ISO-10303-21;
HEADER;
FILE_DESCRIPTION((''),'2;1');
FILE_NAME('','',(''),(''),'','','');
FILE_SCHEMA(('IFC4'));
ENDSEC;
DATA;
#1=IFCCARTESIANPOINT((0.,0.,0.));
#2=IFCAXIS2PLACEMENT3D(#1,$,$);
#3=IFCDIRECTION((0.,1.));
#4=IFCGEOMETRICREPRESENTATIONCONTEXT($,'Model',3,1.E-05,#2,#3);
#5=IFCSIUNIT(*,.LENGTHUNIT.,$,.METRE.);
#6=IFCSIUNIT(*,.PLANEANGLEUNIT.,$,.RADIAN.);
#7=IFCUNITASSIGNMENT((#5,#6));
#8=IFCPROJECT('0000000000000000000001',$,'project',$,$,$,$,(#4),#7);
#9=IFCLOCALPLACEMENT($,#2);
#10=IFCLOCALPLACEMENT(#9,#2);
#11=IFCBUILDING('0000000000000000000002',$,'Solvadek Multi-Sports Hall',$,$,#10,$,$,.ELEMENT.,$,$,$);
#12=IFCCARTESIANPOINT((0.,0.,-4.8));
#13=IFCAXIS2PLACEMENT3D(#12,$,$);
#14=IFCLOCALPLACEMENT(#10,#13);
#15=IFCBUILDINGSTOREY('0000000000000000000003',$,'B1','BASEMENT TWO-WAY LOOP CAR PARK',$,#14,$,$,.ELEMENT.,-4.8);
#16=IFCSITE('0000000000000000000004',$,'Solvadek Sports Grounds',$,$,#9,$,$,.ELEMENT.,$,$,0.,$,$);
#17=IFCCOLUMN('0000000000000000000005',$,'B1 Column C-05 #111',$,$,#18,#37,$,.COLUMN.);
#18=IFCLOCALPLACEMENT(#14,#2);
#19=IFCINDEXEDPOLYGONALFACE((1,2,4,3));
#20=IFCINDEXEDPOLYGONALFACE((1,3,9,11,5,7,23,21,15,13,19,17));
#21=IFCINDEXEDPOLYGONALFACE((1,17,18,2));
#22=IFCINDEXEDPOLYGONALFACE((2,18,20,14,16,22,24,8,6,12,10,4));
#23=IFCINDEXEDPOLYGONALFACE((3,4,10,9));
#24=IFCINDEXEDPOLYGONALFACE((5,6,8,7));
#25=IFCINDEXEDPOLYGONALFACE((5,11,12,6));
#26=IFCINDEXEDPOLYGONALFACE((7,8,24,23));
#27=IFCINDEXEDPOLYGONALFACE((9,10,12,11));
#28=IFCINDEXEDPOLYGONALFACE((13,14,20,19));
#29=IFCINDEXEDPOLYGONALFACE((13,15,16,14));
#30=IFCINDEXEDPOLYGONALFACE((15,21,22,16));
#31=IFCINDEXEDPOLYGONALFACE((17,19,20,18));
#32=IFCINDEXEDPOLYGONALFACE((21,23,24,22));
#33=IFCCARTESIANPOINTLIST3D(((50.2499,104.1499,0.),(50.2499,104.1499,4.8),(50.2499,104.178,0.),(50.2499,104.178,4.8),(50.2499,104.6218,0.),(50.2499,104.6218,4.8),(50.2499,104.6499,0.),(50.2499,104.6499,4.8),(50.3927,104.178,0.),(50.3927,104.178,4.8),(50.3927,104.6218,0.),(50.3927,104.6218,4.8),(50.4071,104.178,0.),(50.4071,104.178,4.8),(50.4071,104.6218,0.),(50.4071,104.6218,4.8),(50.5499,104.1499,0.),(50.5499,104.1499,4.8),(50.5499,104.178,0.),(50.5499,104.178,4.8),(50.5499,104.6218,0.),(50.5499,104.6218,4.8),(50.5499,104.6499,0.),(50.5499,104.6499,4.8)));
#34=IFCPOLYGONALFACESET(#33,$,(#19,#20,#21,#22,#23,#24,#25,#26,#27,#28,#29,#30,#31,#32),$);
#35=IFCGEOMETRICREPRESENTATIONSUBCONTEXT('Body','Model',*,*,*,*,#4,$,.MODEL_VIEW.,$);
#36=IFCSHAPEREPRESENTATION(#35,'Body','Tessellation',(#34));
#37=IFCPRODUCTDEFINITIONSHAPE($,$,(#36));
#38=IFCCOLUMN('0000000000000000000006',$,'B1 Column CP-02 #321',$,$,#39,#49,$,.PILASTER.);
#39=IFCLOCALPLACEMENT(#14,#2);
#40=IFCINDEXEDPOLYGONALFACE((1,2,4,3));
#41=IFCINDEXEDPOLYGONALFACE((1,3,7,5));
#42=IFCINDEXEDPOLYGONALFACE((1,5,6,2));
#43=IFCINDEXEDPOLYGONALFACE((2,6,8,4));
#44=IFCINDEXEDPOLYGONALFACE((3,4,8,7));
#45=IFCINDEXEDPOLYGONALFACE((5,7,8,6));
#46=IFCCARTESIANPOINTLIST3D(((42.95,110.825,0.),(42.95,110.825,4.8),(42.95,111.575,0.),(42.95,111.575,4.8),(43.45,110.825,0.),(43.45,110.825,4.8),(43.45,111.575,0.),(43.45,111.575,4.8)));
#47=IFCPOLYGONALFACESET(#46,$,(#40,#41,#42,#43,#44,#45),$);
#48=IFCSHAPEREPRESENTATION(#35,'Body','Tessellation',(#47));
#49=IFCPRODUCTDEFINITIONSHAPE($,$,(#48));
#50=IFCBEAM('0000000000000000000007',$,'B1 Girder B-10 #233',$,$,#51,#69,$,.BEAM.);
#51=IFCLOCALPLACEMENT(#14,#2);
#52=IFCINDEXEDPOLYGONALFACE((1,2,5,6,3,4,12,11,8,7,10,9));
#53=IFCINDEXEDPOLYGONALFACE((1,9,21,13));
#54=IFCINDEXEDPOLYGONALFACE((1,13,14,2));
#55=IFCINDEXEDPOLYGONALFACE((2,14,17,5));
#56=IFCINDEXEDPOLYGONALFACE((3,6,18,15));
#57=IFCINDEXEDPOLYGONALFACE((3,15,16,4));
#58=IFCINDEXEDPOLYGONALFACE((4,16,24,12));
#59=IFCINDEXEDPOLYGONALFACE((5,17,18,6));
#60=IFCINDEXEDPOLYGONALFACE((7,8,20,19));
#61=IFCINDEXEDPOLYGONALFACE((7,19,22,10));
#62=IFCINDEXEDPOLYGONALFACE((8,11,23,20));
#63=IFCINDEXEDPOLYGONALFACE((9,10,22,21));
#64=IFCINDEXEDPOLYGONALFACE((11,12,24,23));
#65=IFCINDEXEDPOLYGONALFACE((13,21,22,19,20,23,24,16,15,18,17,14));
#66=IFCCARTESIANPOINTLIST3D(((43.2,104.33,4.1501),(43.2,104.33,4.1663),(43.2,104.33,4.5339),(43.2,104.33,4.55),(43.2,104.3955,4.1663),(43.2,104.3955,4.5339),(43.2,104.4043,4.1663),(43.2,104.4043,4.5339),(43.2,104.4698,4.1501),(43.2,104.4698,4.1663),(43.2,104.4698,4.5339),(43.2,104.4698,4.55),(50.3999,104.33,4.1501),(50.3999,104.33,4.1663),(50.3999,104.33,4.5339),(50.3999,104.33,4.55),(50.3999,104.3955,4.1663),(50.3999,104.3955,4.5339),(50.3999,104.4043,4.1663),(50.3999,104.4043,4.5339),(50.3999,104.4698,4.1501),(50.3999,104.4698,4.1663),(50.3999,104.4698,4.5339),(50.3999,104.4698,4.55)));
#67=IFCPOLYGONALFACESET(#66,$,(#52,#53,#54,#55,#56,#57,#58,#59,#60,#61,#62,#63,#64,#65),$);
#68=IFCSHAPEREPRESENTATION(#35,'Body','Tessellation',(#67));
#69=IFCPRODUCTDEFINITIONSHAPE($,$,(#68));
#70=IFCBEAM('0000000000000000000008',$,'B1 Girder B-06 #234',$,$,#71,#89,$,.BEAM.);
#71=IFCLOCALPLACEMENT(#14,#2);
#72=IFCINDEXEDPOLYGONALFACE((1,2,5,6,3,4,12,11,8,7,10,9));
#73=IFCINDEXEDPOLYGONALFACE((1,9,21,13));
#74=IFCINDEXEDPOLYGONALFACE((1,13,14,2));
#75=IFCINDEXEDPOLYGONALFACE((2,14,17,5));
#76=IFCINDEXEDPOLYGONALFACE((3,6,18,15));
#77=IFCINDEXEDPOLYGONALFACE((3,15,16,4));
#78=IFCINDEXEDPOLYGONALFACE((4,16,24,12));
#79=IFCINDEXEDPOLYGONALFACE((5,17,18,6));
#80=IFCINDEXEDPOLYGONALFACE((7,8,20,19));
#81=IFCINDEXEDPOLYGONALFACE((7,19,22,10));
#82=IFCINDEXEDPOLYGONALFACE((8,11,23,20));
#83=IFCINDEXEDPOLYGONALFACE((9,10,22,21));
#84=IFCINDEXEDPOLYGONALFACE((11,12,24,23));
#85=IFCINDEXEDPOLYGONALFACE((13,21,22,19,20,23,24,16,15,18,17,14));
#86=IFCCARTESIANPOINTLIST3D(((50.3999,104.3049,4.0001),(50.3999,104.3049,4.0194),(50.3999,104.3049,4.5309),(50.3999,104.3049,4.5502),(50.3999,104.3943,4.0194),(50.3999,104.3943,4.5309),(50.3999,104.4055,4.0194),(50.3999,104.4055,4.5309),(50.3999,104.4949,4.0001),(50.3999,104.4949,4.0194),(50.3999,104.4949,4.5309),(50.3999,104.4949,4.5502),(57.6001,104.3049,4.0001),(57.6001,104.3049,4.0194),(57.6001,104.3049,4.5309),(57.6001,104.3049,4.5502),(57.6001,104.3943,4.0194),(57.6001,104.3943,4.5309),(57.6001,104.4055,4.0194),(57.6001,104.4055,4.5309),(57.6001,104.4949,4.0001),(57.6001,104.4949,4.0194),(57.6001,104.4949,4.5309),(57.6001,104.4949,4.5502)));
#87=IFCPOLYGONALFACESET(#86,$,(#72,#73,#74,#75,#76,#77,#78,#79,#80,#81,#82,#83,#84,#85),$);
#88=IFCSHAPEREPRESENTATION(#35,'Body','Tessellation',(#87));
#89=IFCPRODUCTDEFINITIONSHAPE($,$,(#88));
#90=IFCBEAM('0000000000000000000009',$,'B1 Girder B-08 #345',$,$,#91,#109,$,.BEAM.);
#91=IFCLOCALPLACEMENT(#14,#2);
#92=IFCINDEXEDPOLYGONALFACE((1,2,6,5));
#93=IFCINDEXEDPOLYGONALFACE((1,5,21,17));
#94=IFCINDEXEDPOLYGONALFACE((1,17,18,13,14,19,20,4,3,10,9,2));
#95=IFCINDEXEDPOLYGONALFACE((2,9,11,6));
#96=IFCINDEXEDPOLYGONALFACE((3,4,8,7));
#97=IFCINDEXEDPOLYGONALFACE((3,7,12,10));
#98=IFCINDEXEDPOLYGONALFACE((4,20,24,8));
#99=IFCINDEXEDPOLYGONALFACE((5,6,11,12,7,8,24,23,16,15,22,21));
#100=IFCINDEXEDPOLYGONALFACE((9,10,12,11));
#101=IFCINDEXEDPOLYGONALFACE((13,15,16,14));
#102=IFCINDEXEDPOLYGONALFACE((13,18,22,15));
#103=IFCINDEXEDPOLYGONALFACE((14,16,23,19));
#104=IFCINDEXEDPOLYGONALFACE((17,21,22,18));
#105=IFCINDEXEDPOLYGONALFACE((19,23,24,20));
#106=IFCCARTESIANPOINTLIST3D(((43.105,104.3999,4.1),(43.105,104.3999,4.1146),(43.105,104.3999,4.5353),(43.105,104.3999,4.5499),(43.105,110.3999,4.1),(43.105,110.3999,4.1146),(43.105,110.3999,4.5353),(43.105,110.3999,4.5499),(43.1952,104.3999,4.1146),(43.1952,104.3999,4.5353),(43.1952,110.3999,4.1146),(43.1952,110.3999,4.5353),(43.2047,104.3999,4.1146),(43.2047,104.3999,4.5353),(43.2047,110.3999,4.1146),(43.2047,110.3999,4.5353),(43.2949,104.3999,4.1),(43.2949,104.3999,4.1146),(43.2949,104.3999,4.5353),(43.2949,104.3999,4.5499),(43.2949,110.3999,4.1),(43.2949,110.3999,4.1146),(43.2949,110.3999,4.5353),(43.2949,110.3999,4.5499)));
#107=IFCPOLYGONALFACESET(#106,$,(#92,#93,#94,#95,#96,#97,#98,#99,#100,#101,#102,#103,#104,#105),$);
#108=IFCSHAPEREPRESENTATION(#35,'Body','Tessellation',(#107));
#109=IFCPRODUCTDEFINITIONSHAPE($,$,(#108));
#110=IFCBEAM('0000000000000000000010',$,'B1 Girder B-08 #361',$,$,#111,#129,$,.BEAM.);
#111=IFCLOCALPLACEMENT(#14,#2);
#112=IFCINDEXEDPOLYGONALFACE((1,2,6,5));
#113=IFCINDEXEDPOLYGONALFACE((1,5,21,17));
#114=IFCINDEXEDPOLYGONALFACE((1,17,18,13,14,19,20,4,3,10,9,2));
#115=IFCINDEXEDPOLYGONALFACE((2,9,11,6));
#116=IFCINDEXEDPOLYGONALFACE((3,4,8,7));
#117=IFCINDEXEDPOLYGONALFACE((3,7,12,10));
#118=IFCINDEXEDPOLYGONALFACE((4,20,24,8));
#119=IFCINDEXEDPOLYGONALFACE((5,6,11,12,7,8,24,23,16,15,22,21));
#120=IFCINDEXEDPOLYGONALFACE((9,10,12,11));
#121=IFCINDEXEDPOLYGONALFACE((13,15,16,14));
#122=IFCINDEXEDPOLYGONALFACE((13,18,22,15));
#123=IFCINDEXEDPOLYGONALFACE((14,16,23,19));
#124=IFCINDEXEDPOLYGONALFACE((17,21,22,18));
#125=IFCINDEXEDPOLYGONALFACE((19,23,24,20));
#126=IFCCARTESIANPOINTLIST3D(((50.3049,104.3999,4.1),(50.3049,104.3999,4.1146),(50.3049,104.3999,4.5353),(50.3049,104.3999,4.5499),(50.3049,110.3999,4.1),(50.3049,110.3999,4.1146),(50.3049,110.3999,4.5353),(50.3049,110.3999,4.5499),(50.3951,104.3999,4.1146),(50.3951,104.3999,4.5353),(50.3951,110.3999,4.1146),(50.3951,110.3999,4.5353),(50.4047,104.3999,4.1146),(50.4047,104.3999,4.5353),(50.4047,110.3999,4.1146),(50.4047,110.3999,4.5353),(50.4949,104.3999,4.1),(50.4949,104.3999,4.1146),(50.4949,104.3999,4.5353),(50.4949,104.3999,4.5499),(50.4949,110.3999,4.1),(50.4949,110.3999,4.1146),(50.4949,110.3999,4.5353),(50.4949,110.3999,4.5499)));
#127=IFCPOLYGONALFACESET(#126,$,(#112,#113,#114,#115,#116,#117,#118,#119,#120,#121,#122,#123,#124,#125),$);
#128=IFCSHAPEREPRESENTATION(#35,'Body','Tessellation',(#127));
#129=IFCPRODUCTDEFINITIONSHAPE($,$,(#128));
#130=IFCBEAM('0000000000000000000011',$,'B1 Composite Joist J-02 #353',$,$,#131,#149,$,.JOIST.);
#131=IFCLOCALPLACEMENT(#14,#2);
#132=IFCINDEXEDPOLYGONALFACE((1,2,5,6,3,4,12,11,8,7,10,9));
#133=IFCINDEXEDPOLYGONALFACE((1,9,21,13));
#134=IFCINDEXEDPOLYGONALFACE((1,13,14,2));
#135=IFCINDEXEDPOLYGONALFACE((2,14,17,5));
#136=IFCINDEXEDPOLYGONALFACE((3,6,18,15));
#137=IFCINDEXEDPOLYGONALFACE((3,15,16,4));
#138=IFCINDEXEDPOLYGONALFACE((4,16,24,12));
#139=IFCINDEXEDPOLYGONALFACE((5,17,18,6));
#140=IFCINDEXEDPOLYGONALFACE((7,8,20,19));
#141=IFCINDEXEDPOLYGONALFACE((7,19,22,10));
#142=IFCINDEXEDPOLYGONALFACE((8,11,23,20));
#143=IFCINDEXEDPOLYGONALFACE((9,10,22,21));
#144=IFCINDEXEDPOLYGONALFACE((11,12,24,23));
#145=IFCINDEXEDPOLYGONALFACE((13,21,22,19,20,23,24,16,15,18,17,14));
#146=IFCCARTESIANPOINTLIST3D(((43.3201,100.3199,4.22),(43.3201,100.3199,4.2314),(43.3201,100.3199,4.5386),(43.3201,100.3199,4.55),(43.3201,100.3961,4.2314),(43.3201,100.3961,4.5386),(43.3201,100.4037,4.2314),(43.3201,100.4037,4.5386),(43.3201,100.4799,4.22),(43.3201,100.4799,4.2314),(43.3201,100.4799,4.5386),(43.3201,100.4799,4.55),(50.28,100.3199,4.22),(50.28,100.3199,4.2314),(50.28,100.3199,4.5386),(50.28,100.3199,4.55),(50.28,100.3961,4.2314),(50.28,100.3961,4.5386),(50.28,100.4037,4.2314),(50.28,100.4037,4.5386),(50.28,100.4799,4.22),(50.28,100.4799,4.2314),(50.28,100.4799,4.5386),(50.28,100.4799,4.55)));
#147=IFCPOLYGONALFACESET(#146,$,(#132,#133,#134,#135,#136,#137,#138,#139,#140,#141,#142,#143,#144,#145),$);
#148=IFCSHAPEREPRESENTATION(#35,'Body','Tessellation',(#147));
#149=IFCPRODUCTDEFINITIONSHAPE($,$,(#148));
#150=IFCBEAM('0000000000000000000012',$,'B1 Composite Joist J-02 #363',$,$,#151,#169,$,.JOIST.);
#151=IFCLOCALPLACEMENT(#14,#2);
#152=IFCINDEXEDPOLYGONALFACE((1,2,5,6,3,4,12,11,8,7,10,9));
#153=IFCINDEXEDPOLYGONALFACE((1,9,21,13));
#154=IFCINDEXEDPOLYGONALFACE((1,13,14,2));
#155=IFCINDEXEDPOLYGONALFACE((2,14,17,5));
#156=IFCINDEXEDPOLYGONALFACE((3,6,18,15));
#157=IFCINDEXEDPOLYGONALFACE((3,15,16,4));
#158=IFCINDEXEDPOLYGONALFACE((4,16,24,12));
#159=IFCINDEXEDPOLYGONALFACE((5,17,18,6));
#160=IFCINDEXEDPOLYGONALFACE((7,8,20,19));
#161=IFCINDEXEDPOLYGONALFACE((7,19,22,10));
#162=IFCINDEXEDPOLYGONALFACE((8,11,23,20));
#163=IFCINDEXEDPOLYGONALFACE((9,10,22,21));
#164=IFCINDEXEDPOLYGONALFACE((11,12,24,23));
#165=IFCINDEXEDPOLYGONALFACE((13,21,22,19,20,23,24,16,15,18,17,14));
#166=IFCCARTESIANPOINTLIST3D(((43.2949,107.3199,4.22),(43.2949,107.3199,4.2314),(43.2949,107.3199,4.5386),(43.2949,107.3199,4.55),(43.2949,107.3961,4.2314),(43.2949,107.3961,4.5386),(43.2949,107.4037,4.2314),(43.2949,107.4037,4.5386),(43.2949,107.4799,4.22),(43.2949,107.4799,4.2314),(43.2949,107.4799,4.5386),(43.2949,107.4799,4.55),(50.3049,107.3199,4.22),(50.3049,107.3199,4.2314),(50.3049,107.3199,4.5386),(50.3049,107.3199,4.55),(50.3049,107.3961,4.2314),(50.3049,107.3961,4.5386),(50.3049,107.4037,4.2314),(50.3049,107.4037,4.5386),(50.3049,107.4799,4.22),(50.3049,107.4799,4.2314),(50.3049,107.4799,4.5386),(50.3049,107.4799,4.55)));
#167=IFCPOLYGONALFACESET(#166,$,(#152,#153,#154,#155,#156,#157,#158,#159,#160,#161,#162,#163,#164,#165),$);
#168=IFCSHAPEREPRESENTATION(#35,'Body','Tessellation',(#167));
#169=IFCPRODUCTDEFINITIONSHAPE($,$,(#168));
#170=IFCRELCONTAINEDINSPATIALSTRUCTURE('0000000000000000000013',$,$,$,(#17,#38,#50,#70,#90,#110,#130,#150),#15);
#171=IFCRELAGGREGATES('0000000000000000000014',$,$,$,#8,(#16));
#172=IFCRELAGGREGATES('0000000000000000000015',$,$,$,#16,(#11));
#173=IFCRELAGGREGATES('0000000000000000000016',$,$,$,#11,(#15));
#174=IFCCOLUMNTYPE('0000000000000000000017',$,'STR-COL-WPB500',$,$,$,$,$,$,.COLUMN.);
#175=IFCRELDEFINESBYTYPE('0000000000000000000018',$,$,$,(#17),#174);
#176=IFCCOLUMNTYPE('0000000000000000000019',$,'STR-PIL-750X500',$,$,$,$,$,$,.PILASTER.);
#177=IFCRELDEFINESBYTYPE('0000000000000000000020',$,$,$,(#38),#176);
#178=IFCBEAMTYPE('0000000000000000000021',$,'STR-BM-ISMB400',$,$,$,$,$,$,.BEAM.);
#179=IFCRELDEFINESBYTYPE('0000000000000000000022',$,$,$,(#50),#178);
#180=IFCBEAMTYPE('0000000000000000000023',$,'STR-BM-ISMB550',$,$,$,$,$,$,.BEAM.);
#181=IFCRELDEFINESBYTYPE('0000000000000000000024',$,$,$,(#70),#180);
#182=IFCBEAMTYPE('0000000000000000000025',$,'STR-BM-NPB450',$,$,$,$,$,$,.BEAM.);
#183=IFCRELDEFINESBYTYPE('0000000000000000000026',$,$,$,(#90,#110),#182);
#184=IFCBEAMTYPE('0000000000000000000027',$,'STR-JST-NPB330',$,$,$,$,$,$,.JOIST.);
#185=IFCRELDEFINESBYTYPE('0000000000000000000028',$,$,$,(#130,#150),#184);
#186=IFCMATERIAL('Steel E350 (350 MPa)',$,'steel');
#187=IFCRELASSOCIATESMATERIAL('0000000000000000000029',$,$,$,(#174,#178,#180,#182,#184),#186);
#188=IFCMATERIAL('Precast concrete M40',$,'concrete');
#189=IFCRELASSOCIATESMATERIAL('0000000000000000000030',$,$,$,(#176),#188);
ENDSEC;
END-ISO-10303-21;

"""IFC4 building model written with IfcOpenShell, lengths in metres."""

from ifc_helpers import new_model, si_unit, direction, frame, origin, origin_2d, place, context, subcontext, project, spatial, rectangle, i_section, extrude, material, material_profile, profile_set, type_object, element, save


model = new_model("IFC4")

# Units and contexts
model_context = context("Model", 3, precision=1e-05, world=origin(), true_north=direction((0.0, 1.0)))
body_context = subcontext(model_context, "Body", "Model", "MODEL_VIEW")
ifc_project = project(units=[si_unit("LENGTHUNIT", "METRE"), si_unit("PLANEANGLEUNIT", "RADIAN")], contexts=[model_context])

# Site, building, storey
site_placement = place(None, origin())
site = spatial("IfcSite", under=ifc_project, at=site_placement, Name="Solvadek Sports Grounds", CompositionType="ELEMENT", RefElevation=0.0)
building_placement = place(site_placement, origin())
building = spatial("IfcBuilding", under=site, at=building_placement, Name="Solvadek Multi-Sports Hall", CompositionType="ELEMENT")
storey_placement = place(building_placement, frame((0.0, 0.0, -4.8)))
storey = spatial("IfcBuildingStorey", under=building, at=storey_placement, Name="B1", Description="BASEMENT TWO-WAY LOOP CAR PARK", CompositionType="ELEMENT", Elevation=-4.8)

# Columns
ifc_material_1 = material(Name="Steel E350 (350 MPa)", Category="steel")
ifc_material_profile_1 = material_profile(ifc_material_1, i_section(OverallWidth=0.3, OverallDepth=0.5, WebThickness=0.0144, FlangeThickness=0.0281, at=origin_2d()), Name="WPB 500")
ifc_profile_set_1 = profile_set([ifc_material_profile_1], Name="Steel E350 (350 MPa)")
column_type_1 = type_object("IfcColumnType", Name="STR-COL-WPB500", PredefinedType="COLUMN", material=ifc_profile_set_1)
for number, where, z_axis, x_axis, name in (
    (1, (50.3999, 104.3999, 0.0), (0.0, 0.0, 1.0), (1.0, 0.0, 0.0), "B1 Column C-05 #111"),
):
    element("IfcColumn", number, at=place(storey_placement, frame(where, z_axis=z_axis, x_axis=x_axis)), inside=storey, type_object=column_type_1, Name=name, PredefinedType="COLUMN", context=body_context, shape_type="SweptSolid", body=[
        extrude(i_section(OverallWidth=0.3, OverallDepth=0.5, WebThickness=0.0144, FlangeThickness=0.0281, at=origin_2d()), origin(), (0.0, 0.0, 1.0), 4.8),
    ])
ifc_material_2 = material(Name="Precast concrete M40", Category="concrete")
ifc_material_profile_2 = material_profile(ifc_material_2, rectangle(XDim=0.5, YDim=0.75, at=origin_2d()), Name="RC PILASTER 750x500")
ifc_profile_set_2 = profile_set([ifc_material_profile_2], Name="Precast concrete M40")
column_type_2 = type_object("IfcColumnType", Name="STR-PIL-750X500", PredefinedType="PILASTER", material=ifc_profile_set_2)
column_1_placement = place(storey_placement, frame((43.2, 111.2, 0.0), z_axis=(0.0, 0.0, 1.0), x_axis=(1.0, 0.0, 0.0)))
element("IfcColumn", 2, at=column_1_placement, inside=storey, type_object=column_type_2, Name="B1 Column CP-02 #321", PredefinedType="PILASTER", context=body_context, shape_type="SweptSolid", body=[
    extrude(rectangle(XDim=0.5, YDim=0.75, at=origin_2d()), origin(), (0.0, 0.0, 1.0), 4.8),
])

# Beams
ifc_material_profile_3 = material_profile(ifc_material_1, i_section(OverallWidth=0.1399, OverallDepth=0.3999, WebThickness=0.0088, FlangeThickness=0.0161, at=origin_2d()), Name="ISMB 400")
ifc_profile_set_3 = profile_set([ifc_material_profile_3], Name="Steel E350 (350 MPa)")
beam_type_1 = type_object("IfcBeamType", Name="STR-BM-ISMB400", PredefinedType="BEAM", material=ifc_profile_set_3)
beam_1_placement = place(storey_placement, frame((43.2, 104.3999, 4.3501), z_axis=(1.0, 0.0, 0.0), x_axis=(0.0, 1.0, 0.0)))
element("IfcBeam", 3, at=beam_1_placement, inside=storey, type_object=beam_type_1, Name="B1 Girder B-10 #233", PredefinedType="BEAM", context=body_context, shape_type="SweptSolid", body=[
    extrude(i_section(OverallWidth=0.1399, OverallDepth=0.3999, WebThickness=0.0088, FlangeThickness=0.0161, at=origin_2d()), origin(), (0.0, 0.0, 1.0), 7.2),
])
ifc_material_profile_4 = material_profile(ifc_material_1, i_section(OverallWidth=0.1899, OverallDepth=0.55, WebThickness=0.0112, FlangeThickness=0.0193, at=origin_2d()), Name="ISMB 550")
ifc_profile_set_4 = profile_set([ifc_material_profile_4], Name="Steel E350 (350 MPa)")
beam_type_2 = type_object("IfcBeamType", Name="STR-BM-ISMB550", PredefinedType="BEAM", material=ifc_profile_set_4)
beam_2_placement = place(storey_placement, frame((50.3999, 104.3999, 4.2751), z_axis=(1.0, 0.0, 0.0), x_axis=(0.0, 1.0, 0.0)))
element("IfcBeam", 4, at=beam_2_placement, inside=storey, type_object=beam_type_2, Name="B1 Girder B-06 #234", PredefinedType="BEAM", context=body_context, shape_type="SweptSolid", body=[
    extrude(i_section(OverallWidth=0.1899, OverallDepth=0.55, WebThickness=0.0112, FlangeThickness=0.0193, at=origin_2d()), origin(), (0.0, 0.0, 1.0), 7.2002),
])
ifc_material_profile_5 = material_profile(ifc_material_1, i_section(OverallWidth=0.1899, OverallDepth=0.45, WebThickness=0.0095, FlangeThickness=0.0146, at=origin_2d()), Name="NPB 450")
ifc_profile_set_5 = profile_set([ifc_material_profile_5], Name="Steel E350 (350 MPa)")
beam_type_3 = type_object("IfcBeamType", Name="STR-BM-NPB450", PredefinedType="BEAM", material=ifc_profile_set_5)
for number, where, z_axis, x_axis, name in (
    (5, (43.2, 104.3999, 4.325), (0.0, 1.0, 0.0), (-1.0, 0.0, 0.0), "B1 Girder B-08 #345"),
    (6, (50.3999, 104.3999, 4.325), (0.0, 1.0, 0.0), (-1.0, 0.0, 0.0), "B1 Girder B-08 #361"),
):
    element("IfcBeam", number, at=place(storey_placement, frame(where, z_axis=z_axis, x_axis=x_axis)), inside=storey, type_object=beam_type_3, Name=name, PredefinedType="BEAM", context=body_context, shape_type="SweptSolid", body=[
        extrude(i_section(OverallWidth=0.1899, OverallDepth=0.45, WebThickness=0.0095, FlangeThickness=0.0146, at=origin_2d()), origin(), (0.0, 0.0, 1.0), 6.0),
    ])
ifc_material_profile_6 = material_profile(ifc_material_1, i_section(OverallWidth=0.1599, OverallDepth=0.3301, WebThickness=0.0076, FlangeThickness=0.0115, at=origin_2d()), Name="NPB 330")
ifc_profile_set_6 = profile_set([ifc_material_profile_6], Name="Steel E350 (350 MPa)")
beam_type_4 = type_object("IfcBeamType", Name="STR-JST-NPB330", PredefinedType="JOIST", material=ifc_profile_set_6)
beam_3_placement = place(storey_placement, frame((43.3201, 100.3999, 4.385), z_axis=(1.0, 0.0, 0.0), x_axis=(0.0, 1.0, 0.0)))
element("IfcBeam", 7, at=beam_3_placement, inside=storey, type_object=beam_type_4, Name="B1 Composite Joist J-02 #353", PredefinedType="JOIST", context=body_context, shape_type="SweptSolid", body=[
    extrude(i_section(OverallWidth=0.1599, OverallDepth=0.3301, WebThickness=0.0076, FlangeThickness=0.0115, at=origin_2d()), origin(), (0.0, 0.0, 1.0), 6.96),
])
beam_4_placement = place(storey_placement, frame((43.2949, 107.3999, 4.385), z_axis=(1.0, 0.0, 0.0), x_axis=(0.0, 1.0, 0.0)))
element("IfcBeam", 8, at=beam_4_placement, inside=storey, type_object=beam_type_4, Name="B1 Composite Joist J-02 #363", PredefinedType="JOIST", context=body_context, shape_type="SweptSolid", body=[
    extrude(i_section(OverallWidth=0.1599, OverallDepth=0.3301, WebThickness=0.0076, FlangeThickness=0.0115, at=origin_2d()), origin(), (0.0, 0.0, 1.0), 7.01),
])

save(model, "model.ifc")
